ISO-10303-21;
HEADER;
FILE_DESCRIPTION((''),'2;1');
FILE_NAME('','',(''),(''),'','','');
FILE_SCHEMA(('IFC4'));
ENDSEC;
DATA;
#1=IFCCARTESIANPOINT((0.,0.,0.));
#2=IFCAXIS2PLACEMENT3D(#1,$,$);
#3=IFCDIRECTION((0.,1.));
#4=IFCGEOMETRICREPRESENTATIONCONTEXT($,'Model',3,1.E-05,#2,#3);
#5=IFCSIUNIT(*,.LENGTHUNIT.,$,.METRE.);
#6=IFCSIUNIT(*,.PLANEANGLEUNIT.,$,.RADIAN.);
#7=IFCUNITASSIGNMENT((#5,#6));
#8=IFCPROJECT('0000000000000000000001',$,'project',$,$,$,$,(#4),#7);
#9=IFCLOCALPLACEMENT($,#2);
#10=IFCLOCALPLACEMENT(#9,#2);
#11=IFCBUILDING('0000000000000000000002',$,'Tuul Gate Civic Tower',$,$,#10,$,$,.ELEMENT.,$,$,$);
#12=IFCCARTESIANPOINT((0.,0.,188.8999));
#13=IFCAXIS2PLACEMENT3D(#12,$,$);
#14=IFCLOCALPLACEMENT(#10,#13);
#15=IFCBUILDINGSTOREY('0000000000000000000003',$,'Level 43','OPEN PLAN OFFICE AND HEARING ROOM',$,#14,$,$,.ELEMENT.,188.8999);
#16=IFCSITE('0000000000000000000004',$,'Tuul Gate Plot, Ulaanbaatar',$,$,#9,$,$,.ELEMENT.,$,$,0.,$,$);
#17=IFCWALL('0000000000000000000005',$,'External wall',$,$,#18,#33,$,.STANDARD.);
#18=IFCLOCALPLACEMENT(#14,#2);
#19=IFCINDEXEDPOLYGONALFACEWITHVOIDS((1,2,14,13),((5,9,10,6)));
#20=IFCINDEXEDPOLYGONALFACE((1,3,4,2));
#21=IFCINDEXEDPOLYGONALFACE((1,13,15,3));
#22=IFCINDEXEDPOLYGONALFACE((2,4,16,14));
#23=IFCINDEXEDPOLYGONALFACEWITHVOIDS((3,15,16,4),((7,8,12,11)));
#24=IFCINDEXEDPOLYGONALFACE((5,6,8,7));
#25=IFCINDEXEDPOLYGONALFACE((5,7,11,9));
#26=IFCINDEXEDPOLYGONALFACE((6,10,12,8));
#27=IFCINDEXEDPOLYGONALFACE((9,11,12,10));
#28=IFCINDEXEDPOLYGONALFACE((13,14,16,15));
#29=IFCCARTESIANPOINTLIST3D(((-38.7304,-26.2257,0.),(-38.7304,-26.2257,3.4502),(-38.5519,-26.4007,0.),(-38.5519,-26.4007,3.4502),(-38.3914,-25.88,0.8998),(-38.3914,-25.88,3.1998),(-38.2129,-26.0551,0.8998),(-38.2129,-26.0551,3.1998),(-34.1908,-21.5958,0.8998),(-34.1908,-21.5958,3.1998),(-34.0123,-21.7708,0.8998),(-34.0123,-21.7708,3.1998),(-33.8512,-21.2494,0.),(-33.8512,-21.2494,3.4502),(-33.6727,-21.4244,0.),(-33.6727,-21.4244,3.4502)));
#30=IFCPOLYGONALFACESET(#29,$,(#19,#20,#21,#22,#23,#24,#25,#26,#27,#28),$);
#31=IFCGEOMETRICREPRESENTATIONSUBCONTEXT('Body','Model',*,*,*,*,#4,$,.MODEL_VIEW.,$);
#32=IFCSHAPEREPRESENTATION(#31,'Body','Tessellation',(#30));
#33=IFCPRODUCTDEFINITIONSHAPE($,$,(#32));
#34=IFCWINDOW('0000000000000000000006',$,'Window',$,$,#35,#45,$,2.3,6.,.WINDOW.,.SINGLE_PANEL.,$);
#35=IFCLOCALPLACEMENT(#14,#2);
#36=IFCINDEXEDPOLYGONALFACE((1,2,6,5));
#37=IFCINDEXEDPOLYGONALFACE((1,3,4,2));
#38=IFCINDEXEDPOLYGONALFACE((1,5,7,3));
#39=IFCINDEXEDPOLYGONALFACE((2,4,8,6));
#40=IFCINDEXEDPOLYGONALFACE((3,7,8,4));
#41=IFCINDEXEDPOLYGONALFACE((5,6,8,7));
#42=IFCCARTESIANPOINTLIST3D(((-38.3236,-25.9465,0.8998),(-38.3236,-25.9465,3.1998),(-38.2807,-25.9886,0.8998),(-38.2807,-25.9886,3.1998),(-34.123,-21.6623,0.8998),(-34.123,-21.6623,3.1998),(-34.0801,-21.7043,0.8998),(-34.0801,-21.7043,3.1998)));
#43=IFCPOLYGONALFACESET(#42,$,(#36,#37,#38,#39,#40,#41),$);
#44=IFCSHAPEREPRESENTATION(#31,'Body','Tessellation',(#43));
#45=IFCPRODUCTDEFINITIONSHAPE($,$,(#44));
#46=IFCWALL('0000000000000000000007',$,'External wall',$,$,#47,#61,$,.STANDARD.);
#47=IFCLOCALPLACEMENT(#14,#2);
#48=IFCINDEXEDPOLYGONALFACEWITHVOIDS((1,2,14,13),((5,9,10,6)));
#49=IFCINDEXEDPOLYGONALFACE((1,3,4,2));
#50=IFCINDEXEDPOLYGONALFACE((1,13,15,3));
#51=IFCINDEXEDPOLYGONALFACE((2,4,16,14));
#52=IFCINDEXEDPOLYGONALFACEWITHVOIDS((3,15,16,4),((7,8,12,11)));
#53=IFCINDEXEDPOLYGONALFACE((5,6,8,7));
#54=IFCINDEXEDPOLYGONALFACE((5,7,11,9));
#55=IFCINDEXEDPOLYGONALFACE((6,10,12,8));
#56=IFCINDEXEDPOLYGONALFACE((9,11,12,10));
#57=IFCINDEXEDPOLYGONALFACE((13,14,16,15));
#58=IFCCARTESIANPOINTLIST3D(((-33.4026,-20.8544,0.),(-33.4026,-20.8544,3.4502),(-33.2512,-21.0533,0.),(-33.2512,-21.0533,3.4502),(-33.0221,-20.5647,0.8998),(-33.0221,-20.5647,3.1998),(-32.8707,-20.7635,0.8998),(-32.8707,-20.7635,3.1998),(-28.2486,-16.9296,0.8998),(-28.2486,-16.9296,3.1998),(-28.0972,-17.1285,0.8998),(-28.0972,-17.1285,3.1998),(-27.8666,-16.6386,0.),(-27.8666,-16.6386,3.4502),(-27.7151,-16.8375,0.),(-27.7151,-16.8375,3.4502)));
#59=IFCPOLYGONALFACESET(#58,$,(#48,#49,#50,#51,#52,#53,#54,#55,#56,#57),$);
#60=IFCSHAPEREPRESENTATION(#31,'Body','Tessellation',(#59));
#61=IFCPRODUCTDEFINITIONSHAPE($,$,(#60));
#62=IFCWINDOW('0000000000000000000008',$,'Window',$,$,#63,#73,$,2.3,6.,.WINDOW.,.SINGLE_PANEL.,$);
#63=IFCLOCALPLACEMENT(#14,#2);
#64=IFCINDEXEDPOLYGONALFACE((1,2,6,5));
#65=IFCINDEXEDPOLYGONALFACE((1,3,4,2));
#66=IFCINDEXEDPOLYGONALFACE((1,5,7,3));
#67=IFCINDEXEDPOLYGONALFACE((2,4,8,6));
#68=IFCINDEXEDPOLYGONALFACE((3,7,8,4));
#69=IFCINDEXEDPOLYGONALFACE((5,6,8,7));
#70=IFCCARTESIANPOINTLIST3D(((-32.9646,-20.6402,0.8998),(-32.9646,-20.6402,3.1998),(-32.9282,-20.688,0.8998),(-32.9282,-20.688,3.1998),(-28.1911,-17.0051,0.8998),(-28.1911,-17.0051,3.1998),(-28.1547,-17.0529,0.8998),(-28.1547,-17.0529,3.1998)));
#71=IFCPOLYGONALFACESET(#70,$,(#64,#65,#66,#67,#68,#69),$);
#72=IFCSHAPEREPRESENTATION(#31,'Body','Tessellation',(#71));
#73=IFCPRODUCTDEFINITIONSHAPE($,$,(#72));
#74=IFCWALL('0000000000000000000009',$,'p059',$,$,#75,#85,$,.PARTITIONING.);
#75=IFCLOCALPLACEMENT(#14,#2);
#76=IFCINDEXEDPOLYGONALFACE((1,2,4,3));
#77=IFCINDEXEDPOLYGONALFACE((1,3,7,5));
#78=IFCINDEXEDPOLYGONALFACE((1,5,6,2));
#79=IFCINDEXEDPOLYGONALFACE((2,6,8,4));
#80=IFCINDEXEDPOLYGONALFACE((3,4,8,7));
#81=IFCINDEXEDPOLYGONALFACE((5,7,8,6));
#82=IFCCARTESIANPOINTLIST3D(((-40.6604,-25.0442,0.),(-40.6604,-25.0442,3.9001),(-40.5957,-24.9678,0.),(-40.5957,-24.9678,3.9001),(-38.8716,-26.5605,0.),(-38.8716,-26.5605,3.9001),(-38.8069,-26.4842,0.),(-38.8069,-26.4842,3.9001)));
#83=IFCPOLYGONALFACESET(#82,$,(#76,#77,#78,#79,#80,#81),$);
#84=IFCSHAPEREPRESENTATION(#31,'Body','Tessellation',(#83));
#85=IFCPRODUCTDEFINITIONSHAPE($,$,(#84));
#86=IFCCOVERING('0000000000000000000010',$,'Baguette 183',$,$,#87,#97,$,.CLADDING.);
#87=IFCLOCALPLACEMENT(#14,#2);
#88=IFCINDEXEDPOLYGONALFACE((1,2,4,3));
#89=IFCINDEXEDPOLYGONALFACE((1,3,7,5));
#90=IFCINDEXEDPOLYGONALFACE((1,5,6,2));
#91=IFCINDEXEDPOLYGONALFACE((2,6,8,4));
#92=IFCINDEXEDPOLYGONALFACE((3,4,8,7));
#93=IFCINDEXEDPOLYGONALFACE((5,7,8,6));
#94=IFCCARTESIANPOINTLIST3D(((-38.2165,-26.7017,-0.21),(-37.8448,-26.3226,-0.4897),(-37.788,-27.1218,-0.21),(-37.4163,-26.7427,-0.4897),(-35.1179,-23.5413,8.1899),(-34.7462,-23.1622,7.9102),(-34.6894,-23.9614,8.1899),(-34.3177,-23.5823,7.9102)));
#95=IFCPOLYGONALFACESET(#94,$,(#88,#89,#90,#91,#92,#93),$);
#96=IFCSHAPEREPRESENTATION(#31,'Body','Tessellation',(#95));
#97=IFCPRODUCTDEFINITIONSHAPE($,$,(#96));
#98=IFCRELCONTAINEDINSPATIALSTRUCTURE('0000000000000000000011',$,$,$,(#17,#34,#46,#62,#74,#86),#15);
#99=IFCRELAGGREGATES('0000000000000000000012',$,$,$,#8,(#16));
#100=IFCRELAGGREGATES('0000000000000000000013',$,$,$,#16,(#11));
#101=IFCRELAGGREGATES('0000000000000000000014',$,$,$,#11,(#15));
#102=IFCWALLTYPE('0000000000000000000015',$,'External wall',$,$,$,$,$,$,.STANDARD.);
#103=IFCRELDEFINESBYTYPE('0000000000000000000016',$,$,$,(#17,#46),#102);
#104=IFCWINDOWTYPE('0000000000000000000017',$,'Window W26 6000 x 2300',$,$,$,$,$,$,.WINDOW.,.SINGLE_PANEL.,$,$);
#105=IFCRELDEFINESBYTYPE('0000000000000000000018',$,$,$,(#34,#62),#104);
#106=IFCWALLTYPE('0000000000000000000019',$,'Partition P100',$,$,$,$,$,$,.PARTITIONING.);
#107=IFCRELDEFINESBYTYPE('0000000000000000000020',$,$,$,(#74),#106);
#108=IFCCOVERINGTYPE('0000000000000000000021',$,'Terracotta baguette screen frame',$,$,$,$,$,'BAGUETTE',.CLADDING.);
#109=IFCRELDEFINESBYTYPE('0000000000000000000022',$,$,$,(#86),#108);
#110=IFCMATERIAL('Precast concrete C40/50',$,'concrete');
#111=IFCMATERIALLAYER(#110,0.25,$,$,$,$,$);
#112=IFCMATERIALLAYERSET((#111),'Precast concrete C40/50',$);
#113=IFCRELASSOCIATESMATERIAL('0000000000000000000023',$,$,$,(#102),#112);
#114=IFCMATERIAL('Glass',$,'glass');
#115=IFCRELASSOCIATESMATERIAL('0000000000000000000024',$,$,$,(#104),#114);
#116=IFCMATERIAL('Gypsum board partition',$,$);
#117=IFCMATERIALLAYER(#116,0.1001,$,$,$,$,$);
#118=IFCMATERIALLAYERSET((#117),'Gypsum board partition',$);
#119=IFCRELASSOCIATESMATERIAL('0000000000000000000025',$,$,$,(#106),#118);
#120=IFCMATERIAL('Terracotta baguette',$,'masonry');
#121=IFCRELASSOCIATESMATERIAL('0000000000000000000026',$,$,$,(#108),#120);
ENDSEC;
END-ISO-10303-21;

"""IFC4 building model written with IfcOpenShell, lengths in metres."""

from ifc_helpers import new_model, si_unit, direction, frame, frame_2d, origin, origin_2d, place, context, subcontext, project, spatial, rectangle, extrude, material, layer, layer_set, material_profile, profile_set, type_object, element, fill, save


model = new_model("IFC4")

# Units and contexts
model_context = context("Model", 3, precision=1e-05, world=origin(), true_north=direction((0.0, 1.0)))
body_context = subcontext(model_context, "Body", "Model", "MODEL_VIEW")
ifc_project = project(units=[si_unit("LENGTHUNIT", "METRE"), si_unit("PLANEANGLEUNIT", "RADIAN")], contexts=[model_context])

# Site, building, storey
site_placement = place(None, origin())
site = spatial("IfcSite", under=ifc_project, at=site_placement, Name="Tuul Gate Plot, Ulaanbaatar", CompositionType="ELEMENT", RefElevation=0.0)
building_placement = place(site_placement, origin())
building = spatial("IfcBuilding", under=site, at=building_placement, Name="Tuul Gate Civic Tower", CompositionType="ELEMENT")
storey_placement = place(building_placement, frame((0.0, 0.0, 188.8999)))
storey = spatial("IfcBuildingStorey", under=building, at=storey_placement, Name="Level 43", Description="OPEN PLAN OFFICE AND HEARING ROOM", CompositionType="ELEMENT", Elevation=188.8999)

# Walls, openings, windows
ifc_material_1 = material(Name="Precast concrete C40/50", Category="concrete")
ifc_layer_1 = layer(ifc_material_1, 0.25)
ifc_layer_set_1 = layer_set([ifc_layer_1], Name="Precast concrete C40/50")
wall_type_1 = type_object("IfcWallType", Name="External wall", PredefinedType="STANDARD", material=ifc_layer_set_1)
wall_1_placement = place(storey_placement, frame((-38.6411, -26.3132, 0.0), z_axis=(0.0, 0.0, 1.0), x_axis=(0.700101, 0.714044, 0.0)))
wall_1 = element("IfcWall", 1, at=wall_1_placement, inside=storey, type_object=wall_type_1, Name="External wall", PredefinedType="STANDARD", context=body_context, shape_type="SweptSolid", body=[
    extrude(rectangle(XDim=6.9692, YDim=0.25, at=frame_2d((3.4846, 0.0))), origin(), (0.0, 0.0, 1.0), 3.4502),
])
opening_1_placement = place(wall_1_placement, frame((0.4841, 0.0, 0.8999)))
opening_1 = element("IfcOpeningElement", 2, at=opening_1_placement, cuts=wall_1, PredefinedType="OPENING", context=body_context, shape_type="SweptSolid", body=[
    extrude(rectangle(XDim=6.0, YDim=2.3, at=frame_2d((3.0, 1.1499))), frame((0.0, 0.135, 0.0), z_axis=(0.0, -1.0, 0.0), x_axis=(1.0, 0.0, 0.0)), (0.0, 0.0, 1.0), 0.27),
])
ifc_material_2 = material(Name="Glass", Category="glass")
window_type = type_object("IfcWindowType", Name="Window W26 6000 x 2300", PartitioningType="SINGLE_PANEL", PredefinedType="WINDOW", material=ifc_material_2)
window_1_placement = place(opening_1_placement, origin())
window_1 = element("IfcWindow", 3, at=window_1_placement, inside=storey, type_object=window_type, Name="Window", OverallHeight=2.3, OverallWidth=6.0, PartitioningType="SINGLE_PANEL", PredefinedType="WINDOW", context=body_context, shape_type="SweptSolid", body=[
    extrude(rectangle(XDim=6.0, YDim=2.3, at=frame_2d((3.0, 1.1499))), frame((0.0, 0.03, 0.0), z_axis=(0.0, -1.0, 0.0), x_axis=(1.0, 0.0, 0.0)), (0.0, 0.0, 1.0), 0.0601),
])
fill(opening_1, window_1)
wall_2_placement = place(storey_placement, frame((-33.3269, -20.9539, 0.0), z_axis=(0.0, 0.0, 1.0), x_axis=(0.795583, 0.605844, 0.0)))
wall_2 = element("IfcWall", 4, at=wall_2_placement, inside=storey, type_object=wall_type_1, Name="External wall", PredefinedType="STANDARD", context=body_context, shape_type="SweptSolid", body=[
    extrude(rectangle(XDim=6.9585, YDim=0.25, at=frame_2d((3.4792, 0.0))), origin(), (0.0, 0.0, 1.0), 3.4502),
])
opening_2_placement = place(wall_2_placement, frame((0.4783, 0.0, 0.8999)))
opening_2 = element("IfcOpeningElement", 5, at=opening_2_placement, cuts=wall_2, PredefinedType="OPENING", context=body_context, shape_type="SweptSolid", body=[
    extrude(rectangle(XDim=6.0, YDim=2.3, at=frame_2d((3.0, 1.1499))), frame((0.0, 0.135, 0.0), z_axis=(0.0, -1.0, 0.0), x_axis=(1.0, 0.0, 0.0)), (0.0, 0.0, 1.0), 0.27),
])
window_2_placement = place(opening_2_placement, origin())
window_2 = element("IfcWindow", 6, at=window_2_placement, inside=storey, type_object=window_type, Name="Window", OverallHeight=2.3, OverallWidth=6.0, PartitioningType="SINGLE_PANEL", PredefinedType="WINDOW", context=body_context, shape_type="SweptSolid", body=[
    extrude(rectangle(XDim=6.0, YDim=2.3, at=frame_2d((3.0, 1.1499))), frame((0.0, 0.03, 0.0), z_axis=(0.0, -1.0, 0.0), x_axis=(1.0, 0.0, 0.0)), (0.0, 0.0, 1.0), 0.0601),
])
fill(opening_2, window_2)

# Wall
ifc_material_3 = material(Name="Gypsum board partition")
ifc_layer_2 = layer(ifc_material_3, 0.1001)
ifc_layer_set_2 = layer_set([ifc_layer_2], Name="Gypsum board partition")
wall_type_2 = type_object("IfcWallType", Name="Partition P100", PredefinedType="PARTITIONING", material=ifc_layer_set_2)
wall_3_placement = place(storey_placement, frame((-40.6279, -25.0061, 0.0), z_axis=(0.0, 0.0, 1.0), x_axis=(0.762809, -0.646623, 0.0)))
element("IfcWall", 7, at=wall_3_placement, inside=storey, type_object=wall_type_2, Name="p059", PredefinedType="PARTITIONING", context=body_context, shape_type="SweptSolid", body=[
    extrude(rectangle(XDim=2.345, YDim=0.1001, at=frame_2d((1.1724, 0.0))), origin(), (0.0, 0.0, 1.0), 3.9001),
])

# Covering
ifc_material_4 = material(Name="Terracotta baguette", Category="masonry")
ifc_material_profile_1 = material_profile(ifc_material_4, rectangle(XDim=0.6001, YDim=0.6001, at=origin_2d()), Name="Terracotta baguette screen frame")
ifc_profile_set_1 = profile_set([ifc_material_profile_1], Name="Terracotta baguette")
covering_type = type_object("IfcCoveringType", Name="Terracotta baguette screen frame", ElementType="BAGUETTE", PredefinedType="CLADDING", material=ifc_profile_set_1)
covering_placement = place(storey_placement, frame((-34.7178, -23.5618, 8.05), z_axis=(-0.326356, -0.332862, -0.8847), x_axis=(0.71405, -0.700095, 0.0)))
element("IfcCovering", 8, at=covering_placement, inside=storey, type_object=covering_type, Name="Baguette 183", PredefinedType="CLADDING", context=body_context, shape_type="SweptSolid", body=[
    extrude(rectangle(XDim=0.6001, YDim=0.6001, at=origin_2d()), origin(), (0.0, 0.0, 1.0), 9.4946),
])

save(model, "model.ifc")
